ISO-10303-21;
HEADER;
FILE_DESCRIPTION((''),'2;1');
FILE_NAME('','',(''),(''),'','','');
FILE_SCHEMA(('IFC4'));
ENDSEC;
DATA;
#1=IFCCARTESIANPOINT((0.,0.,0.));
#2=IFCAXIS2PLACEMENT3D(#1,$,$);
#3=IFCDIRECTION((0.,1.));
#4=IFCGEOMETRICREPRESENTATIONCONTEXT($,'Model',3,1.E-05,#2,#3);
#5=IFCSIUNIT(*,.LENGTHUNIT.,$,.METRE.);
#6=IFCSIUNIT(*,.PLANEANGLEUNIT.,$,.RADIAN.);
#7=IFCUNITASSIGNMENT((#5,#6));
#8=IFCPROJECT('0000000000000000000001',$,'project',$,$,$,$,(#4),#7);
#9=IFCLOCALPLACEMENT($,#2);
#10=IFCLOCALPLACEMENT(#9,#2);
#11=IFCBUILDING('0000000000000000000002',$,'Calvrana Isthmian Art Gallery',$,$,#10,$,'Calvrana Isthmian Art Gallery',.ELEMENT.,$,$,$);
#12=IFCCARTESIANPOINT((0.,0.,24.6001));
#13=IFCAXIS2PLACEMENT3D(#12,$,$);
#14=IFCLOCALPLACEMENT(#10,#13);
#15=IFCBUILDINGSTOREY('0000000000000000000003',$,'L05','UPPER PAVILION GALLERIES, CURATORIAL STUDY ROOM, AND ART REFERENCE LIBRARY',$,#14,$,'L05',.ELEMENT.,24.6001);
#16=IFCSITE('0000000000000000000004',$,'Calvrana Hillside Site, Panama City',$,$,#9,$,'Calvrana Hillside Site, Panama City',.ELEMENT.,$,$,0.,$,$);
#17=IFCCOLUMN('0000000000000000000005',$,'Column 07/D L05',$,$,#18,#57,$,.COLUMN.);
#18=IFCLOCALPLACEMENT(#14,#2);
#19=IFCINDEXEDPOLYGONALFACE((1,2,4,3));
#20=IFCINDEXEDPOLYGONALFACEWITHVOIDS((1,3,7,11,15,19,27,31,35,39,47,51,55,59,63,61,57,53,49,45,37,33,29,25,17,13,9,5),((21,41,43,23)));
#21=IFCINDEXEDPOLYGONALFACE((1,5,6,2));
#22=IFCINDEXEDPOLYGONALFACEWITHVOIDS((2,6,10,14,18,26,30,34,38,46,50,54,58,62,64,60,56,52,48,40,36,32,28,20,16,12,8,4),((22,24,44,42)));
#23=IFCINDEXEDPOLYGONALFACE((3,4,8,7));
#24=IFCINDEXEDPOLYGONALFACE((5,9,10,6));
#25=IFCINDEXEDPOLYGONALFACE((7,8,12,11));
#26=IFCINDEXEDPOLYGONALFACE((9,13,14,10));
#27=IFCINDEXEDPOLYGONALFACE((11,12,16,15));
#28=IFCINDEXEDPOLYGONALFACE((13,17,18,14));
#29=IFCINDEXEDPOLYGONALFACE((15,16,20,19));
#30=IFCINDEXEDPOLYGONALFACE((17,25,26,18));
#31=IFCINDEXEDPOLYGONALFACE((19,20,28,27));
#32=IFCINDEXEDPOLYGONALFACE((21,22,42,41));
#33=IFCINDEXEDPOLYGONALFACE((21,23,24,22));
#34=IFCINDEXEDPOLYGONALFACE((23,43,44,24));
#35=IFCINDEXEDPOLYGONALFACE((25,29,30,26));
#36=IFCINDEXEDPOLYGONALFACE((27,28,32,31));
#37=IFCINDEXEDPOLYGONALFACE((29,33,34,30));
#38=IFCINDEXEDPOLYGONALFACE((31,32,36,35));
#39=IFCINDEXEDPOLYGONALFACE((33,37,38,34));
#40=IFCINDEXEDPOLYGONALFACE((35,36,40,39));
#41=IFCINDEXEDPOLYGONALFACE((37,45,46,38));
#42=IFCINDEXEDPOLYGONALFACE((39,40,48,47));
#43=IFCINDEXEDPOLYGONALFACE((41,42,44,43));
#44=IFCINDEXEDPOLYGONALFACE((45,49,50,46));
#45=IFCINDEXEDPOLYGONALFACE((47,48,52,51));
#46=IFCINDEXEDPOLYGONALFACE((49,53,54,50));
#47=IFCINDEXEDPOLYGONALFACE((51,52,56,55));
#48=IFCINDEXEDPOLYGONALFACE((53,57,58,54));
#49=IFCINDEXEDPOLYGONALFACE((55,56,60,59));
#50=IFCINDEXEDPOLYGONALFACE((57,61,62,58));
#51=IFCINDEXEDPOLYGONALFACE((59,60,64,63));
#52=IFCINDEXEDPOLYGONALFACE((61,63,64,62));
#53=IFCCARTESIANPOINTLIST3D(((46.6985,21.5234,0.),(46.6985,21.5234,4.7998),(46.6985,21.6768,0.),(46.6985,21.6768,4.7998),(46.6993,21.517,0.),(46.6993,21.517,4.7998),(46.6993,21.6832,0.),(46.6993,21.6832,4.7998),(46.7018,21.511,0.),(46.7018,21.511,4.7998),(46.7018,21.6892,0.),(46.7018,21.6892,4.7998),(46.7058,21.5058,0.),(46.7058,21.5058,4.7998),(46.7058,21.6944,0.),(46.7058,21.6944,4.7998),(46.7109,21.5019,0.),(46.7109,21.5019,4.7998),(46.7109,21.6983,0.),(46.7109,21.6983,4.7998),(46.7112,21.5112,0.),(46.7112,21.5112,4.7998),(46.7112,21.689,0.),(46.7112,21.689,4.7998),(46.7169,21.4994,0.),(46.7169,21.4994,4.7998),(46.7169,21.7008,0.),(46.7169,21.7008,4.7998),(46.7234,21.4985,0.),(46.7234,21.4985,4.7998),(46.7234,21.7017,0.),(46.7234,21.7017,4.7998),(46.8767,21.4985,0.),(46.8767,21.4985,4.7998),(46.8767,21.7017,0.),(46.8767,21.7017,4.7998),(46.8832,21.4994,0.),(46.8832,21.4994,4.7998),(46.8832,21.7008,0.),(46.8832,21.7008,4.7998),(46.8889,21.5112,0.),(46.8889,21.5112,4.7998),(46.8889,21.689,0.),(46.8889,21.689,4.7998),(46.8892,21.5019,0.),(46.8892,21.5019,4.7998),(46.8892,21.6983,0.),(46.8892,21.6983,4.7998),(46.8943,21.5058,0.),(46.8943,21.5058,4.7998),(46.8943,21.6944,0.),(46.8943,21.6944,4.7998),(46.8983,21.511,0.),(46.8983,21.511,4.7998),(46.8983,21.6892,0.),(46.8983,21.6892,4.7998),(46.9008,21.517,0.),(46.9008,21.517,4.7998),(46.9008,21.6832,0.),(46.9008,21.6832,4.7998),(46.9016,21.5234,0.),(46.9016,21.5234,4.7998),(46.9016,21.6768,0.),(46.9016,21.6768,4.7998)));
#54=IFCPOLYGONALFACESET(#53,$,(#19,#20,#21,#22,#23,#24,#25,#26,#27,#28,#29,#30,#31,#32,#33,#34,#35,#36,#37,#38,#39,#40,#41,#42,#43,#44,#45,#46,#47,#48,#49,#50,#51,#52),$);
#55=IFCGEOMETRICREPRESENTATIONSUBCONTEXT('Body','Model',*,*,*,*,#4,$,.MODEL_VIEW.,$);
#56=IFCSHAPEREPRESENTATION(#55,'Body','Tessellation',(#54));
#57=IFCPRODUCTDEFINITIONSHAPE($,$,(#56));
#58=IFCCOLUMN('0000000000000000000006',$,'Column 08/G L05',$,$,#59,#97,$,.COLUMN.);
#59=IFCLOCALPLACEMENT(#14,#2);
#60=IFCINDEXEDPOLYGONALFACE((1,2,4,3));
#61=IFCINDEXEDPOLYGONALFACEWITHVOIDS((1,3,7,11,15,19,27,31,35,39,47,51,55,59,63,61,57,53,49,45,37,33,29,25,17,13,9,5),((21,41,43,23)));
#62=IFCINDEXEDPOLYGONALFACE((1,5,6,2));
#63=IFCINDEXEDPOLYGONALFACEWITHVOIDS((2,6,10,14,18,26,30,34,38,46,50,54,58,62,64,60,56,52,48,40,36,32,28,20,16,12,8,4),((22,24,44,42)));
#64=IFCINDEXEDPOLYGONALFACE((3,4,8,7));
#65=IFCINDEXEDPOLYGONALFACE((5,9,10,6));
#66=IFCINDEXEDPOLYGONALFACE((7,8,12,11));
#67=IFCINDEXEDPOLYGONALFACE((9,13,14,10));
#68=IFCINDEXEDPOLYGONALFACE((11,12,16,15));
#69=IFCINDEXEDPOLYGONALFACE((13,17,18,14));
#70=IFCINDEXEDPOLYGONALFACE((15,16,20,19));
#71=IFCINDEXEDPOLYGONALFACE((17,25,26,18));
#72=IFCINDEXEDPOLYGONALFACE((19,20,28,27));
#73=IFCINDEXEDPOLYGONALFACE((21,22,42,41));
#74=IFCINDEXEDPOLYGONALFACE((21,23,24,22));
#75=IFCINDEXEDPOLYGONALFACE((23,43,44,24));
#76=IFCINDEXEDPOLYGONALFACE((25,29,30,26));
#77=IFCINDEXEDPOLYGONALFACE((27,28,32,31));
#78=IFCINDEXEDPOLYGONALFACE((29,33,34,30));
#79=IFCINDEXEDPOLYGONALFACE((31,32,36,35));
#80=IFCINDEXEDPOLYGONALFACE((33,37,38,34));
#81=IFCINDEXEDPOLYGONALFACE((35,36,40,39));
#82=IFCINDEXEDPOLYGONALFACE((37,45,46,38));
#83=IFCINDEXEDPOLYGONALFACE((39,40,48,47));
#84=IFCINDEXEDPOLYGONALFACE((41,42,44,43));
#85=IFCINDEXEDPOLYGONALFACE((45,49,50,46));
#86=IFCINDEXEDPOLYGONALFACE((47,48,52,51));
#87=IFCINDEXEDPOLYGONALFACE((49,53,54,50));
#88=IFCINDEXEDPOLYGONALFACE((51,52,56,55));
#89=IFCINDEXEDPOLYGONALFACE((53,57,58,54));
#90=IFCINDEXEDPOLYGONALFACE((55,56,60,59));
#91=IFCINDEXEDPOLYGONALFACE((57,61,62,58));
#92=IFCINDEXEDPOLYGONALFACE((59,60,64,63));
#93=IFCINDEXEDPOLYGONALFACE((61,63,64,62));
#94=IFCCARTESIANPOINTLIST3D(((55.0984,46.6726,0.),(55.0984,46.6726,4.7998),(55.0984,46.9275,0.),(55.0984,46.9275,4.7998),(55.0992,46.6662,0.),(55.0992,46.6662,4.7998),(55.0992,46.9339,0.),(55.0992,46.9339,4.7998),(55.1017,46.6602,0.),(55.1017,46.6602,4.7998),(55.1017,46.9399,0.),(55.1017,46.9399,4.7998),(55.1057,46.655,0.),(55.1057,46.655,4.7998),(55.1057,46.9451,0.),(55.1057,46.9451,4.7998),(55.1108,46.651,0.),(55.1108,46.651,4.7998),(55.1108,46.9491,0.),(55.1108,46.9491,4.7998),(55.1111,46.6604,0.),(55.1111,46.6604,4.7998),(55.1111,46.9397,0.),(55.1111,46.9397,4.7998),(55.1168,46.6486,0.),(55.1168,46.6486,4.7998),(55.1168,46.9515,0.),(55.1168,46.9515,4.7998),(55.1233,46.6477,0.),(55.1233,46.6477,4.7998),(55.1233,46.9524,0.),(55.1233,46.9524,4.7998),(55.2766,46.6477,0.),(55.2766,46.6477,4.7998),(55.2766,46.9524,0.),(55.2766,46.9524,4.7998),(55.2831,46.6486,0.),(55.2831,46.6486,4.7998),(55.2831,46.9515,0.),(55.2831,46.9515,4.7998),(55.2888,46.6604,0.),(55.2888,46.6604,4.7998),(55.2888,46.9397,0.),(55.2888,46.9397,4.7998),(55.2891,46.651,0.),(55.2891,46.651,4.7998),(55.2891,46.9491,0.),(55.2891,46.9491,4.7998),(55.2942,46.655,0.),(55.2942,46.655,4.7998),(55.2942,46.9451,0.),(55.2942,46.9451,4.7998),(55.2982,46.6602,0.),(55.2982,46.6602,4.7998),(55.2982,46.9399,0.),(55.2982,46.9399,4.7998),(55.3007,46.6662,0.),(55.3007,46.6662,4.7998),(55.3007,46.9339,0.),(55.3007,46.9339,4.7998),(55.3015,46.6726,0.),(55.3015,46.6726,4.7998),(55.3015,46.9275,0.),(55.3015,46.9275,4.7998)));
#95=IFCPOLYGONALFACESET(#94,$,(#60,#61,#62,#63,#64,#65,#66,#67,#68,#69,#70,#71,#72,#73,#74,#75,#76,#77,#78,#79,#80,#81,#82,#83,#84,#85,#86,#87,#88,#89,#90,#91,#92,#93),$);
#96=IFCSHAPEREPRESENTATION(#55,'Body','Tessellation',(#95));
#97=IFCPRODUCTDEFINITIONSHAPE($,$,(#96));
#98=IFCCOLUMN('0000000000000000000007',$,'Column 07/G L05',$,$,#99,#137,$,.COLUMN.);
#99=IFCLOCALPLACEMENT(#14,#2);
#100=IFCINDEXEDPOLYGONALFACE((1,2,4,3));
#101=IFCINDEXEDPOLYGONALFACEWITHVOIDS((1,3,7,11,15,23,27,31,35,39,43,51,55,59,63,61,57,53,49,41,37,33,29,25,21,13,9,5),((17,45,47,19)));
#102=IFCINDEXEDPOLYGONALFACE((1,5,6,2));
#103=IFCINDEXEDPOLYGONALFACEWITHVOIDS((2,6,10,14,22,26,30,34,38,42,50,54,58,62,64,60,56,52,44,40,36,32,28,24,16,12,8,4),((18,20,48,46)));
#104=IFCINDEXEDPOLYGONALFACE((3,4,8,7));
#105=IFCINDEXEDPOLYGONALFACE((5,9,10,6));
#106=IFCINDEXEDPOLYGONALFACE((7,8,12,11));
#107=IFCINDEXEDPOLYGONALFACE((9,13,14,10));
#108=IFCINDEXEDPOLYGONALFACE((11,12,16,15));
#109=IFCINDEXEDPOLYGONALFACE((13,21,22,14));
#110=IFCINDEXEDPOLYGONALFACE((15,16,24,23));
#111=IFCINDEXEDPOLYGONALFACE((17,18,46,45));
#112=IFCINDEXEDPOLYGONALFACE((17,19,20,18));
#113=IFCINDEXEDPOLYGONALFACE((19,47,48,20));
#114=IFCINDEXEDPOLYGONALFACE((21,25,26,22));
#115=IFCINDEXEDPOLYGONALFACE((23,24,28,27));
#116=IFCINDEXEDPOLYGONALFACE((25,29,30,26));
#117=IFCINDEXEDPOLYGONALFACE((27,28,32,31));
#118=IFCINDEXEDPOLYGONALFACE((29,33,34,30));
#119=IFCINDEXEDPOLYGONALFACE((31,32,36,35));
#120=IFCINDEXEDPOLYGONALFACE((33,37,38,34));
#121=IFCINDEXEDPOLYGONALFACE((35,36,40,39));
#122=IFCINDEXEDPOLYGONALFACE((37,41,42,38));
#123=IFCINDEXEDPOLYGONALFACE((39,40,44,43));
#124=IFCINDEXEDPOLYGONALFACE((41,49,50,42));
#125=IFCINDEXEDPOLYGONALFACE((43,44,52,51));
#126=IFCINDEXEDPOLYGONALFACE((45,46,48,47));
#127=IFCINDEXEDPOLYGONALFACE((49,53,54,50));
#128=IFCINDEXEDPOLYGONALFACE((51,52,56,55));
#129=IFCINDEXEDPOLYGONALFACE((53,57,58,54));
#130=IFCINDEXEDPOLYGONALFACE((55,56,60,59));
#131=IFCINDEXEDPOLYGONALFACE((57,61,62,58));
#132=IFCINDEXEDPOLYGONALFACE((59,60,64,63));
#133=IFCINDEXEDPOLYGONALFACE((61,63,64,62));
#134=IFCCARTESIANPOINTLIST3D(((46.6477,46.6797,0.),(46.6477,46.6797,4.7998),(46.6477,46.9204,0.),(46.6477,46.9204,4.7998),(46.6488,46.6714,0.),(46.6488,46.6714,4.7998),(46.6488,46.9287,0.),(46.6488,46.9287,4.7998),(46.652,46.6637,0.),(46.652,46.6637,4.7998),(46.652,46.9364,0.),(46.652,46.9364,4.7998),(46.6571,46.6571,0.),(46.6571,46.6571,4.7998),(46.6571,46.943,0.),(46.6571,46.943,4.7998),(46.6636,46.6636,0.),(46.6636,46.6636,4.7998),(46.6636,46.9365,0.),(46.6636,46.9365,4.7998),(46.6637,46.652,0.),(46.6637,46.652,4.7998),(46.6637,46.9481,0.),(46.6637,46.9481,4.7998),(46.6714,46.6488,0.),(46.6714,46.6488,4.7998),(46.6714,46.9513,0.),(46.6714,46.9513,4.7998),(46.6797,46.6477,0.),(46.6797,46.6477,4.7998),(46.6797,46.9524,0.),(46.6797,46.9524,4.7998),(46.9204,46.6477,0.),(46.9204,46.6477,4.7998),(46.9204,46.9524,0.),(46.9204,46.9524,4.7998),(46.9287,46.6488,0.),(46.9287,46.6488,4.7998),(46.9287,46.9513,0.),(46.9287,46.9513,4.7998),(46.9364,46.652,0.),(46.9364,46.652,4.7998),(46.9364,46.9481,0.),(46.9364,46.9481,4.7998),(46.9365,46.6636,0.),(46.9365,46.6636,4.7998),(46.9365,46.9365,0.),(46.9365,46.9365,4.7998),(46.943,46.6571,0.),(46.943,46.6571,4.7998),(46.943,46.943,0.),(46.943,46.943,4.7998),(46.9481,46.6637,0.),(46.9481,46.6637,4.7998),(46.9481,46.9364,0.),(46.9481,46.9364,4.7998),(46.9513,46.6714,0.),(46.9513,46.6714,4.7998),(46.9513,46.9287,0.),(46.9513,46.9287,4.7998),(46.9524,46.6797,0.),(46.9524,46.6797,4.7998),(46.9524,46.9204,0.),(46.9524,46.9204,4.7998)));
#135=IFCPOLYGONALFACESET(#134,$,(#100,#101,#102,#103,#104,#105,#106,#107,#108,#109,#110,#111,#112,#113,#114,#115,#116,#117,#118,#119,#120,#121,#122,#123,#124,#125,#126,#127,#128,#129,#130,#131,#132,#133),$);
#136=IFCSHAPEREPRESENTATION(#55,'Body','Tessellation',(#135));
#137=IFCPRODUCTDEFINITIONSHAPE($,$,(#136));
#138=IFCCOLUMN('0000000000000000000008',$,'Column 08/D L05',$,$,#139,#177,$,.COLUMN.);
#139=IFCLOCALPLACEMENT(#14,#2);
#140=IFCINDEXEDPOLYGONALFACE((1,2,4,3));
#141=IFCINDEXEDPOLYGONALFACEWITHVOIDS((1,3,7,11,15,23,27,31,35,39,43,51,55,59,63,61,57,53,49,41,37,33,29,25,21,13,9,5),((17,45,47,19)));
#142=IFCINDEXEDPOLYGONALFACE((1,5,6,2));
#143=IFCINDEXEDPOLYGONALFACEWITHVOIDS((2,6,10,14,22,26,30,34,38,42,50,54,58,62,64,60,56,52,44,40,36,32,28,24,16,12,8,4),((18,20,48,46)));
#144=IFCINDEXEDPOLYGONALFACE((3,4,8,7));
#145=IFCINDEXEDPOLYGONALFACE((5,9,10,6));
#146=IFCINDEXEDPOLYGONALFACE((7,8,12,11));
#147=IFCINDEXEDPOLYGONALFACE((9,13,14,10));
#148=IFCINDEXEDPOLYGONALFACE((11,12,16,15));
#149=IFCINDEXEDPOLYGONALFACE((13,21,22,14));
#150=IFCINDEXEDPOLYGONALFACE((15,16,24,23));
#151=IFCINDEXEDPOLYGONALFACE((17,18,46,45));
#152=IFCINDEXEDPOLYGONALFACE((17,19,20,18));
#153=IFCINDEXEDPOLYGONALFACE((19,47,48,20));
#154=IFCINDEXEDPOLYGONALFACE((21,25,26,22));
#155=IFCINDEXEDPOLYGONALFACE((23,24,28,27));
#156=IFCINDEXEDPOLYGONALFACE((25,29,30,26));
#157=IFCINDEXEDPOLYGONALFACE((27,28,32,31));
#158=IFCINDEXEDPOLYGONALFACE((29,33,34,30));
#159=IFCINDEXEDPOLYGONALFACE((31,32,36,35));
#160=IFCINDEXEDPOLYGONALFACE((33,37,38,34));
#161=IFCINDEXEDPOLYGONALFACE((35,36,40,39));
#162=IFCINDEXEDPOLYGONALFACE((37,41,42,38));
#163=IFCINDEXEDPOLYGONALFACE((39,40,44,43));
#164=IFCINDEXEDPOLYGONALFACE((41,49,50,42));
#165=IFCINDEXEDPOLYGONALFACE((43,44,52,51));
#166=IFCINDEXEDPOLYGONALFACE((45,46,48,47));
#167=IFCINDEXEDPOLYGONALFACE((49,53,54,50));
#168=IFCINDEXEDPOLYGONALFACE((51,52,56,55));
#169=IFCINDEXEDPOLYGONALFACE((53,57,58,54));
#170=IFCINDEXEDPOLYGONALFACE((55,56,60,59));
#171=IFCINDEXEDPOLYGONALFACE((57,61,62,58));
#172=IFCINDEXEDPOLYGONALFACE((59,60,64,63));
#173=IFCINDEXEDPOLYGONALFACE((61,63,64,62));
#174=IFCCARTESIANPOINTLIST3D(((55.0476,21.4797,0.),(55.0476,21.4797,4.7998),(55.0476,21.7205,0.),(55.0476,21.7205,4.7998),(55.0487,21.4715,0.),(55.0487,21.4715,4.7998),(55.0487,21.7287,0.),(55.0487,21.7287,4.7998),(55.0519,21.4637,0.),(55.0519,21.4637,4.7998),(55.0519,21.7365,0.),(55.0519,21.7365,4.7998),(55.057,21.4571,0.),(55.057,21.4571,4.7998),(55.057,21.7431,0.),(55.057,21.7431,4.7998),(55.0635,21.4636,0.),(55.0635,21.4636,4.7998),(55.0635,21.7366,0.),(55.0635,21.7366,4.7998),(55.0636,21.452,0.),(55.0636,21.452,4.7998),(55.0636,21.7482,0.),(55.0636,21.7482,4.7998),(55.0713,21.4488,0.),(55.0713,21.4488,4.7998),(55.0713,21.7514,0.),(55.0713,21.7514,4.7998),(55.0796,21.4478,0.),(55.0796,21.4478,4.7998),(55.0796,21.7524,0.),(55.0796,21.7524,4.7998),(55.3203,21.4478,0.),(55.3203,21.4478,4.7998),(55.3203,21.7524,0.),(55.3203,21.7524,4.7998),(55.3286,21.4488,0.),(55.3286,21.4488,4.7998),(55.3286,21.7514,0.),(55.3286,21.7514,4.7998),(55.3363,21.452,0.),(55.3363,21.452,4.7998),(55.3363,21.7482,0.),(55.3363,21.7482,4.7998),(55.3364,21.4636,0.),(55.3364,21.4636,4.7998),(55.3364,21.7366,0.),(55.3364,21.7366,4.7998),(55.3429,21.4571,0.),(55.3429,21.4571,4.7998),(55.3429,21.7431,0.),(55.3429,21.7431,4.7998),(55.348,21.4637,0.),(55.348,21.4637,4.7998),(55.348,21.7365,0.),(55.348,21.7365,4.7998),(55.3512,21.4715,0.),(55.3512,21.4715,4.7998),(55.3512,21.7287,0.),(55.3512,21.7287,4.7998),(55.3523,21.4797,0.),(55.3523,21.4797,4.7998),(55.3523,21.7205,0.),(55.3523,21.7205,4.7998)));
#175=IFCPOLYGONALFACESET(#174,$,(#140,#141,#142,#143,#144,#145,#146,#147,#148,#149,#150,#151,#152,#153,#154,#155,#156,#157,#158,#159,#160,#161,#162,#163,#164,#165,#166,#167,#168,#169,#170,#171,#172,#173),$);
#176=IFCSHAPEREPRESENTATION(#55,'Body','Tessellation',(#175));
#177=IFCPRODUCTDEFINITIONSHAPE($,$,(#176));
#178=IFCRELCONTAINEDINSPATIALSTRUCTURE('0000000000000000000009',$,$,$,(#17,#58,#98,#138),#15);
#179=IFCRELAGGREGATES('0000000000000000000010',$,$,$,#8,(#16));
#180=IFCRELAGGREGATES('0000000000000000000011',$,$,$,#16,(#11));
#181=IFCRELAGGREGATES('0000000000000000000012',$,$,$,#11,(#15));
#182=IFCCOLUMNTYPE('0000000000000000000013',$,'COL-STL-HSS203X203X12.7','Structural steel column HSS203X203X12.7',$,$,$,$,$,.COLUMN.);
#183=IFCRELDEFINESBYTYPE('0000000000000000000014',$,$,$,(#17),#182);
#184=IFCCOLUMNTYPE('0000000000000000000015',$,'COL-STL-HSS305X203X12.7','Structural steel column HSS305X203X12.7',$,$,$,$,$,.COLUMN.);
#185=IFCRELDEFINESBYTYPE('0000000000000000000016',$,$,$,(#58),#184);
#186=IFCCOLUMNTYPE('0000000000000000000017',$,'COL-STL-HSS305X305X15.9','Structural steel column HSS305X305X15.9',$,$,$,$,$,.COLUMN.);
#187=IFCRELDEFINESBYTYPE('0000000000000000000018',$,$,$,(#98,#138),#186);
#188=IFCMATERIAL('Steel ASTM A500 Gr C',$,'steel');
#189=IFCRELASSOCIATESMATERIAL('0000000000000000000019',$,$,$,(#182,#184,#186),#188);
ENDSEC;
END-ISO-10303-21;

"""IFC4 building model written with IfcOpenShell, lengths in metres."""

from ifc_helpers import new_model, si_unit, direction, frame, origin, origin_2d, place, context, subcontext, project, spatial, hollow_rectangle, extrude, material, material_profile, profile_set, type_object, element, save


model = new_model("IFC4")

# Units and contexts
model_context = context("Model", 3, precision=1e-05, world=origin(), true_north=direction((0.0, 1.0)))
body_context = subcontext(model_context, "Body", "Model", "MODEL_VIEW")
ifc_project = project(units=[si_unit("LENGTHUNIT", "METRE"), si_unit("PLANEANGLEUNIT", "RADIAN")], contexts=[model_context])

# Site, building, storey
site_placement = place(None, origin())
site = spatial("IfcSite", under=ifc_project, at=site_placement, Name="Calvrana Hillside Site, Panama City", LongName="Calvrana Hillside Site, Panama City", CompositionType="ELEMENT", RefElevation=0.0)
building_placement = place(site_placement, origin())
building = spatial("IfcBuilding", under=site, at=building_placement, Name="Calvrana Isthmian Art Gallery", LongName="Calvrana Isthmian Art Gallery", CompositionType="ELEMENT")
storey_placement = place(building_placement, frame((0.0, 0.0, 24.6001)))
storey = spatial("IfcBuildingStorey", under=building, at=storey_placement, Name="L05", Description="UPPER PAVILION GALLERIES, CURATORIAL STUDY ROOM, AND ART REFERENCE LIBRARY", LongName="L05", CompositionType="ELEMENT", Elevation=24.6001)

# Columns
ifc_material_1 = material(Name="Steel ASTM A500 Gr C", Category="steel")
ifc_material_profile_1 = material_profile(ifc_material_1, hollow_rectangle(XDim=0.2031, YDim=0.2031, WallThickness=0.0127, OuterFilletRadius=0.0249, at=origin_2d()), Name="HSS203X203X12.7")
ifc_profile_set_1 = profile_set([ifc_material_profile_1], Name="Steel ASTM A500 Gr C")
column_type_1 = type_object("IfcColumnType", Name="COL-STL-HSS203X203X12.7", Description="Structural steel column HSS203X203X12.7", PredefinedType="COLUMN", material=ifc_profile_set_1)
column_1_placement = place(storey_placement, frame((46.8, 21.6001, 0.0), z_axis=(0.0, 0.0, 1.0), x_axis=(1.0, 0.0, 0.0)))
element("IfcColumn", 1, at=column_1_placement, inside=storey, type_object=column_type_1, Name="Column 07/D L05", PredefinedType="COLUMN", context=body_context, shape_type="SweptSolid", body=[
    extrude(hollow_rectangle(XDim=0.2031, YDim=0.2031, WallThickness=0.0127, OuterFilletRadius=0.0249, at=origin_2d()), origin(), (0.0, 0.0, 1.0), 4.7998),
])
ifc_material_profile_2 = material_profile(ifc_material_1, hollow_rectangle(XDim=0.2031, YDim=0.3047, WallThickness=0.0127, OuterFilletRadius=0.0249, at=origin_2d()), Name="HSS305X203X12.7")
ifc_profile_set_2 = profile_set([ifc_material_profile_2], Name="Steel ASTM A500 Gr C")
column_type_2 = type_object("IfcColumnType", Name="COL-STL-HSS305X203X12.7", Description="Structural steel column HSS305X203X12.7", PredefinedType="COLUMN", material=ifc_profile_set_2)
column_2_placement = place(storey_placement, frame((55.2, 46.8, 0.0), z_axis=(0.0, 0.0, 1.0), x_axis=(1.0, 0.0, 0.0)))
element("IfcColumn", 2, at=column_2_placement, inside=storey, type_object=column_type_2, Name="Column 08/G L05", PredefinedType="COLUMN", context=body_context, shape_type="SweptSolid", body=[
    extrude(hollow_rectangle(XDim=0.2031, YDim=0.3047, WallThickness=0.0127, OuterFilletRadius=0.0249, at=origin_2d()), origin(), (0.0, 0.0, 1.0), 4.7998),
])
ifc_material_profile_3 = material_profile(ifc_material_1, hollow_rectangle(XDim=0.3047, YDim=0.3047, WallThickness=0.0159, OuterFilletRadius=0.032, at=origin_2d()), Name="HSS305X305X15.9")
ifc_profile_set_3 = profile_set([ifc_material_profile_3], Name="Steel ASTM A500 Gr C")
column_type_3 = type_object("IfcColumnType", Name="COL-STL-HSS305X305X15.9", Description="Structural steel column HSS305X305X15.9", PredefinedType="COLUMN", material=ifc_profile_set_3)
for number, where, z_axis, x_axis, name in (
    (3, (46.8, 46.8, 0.0), (0.0, 0.0, 1.0), (1.0, 0.0, 0.0), "Column 07/G L05"),
    (4, (55.2, 21.6001, 0.0), (0.0, 0.0, 1.0), (1.0, 0.0, 0.0), "Column 08/D L05"),
):
    element("IfcColumn", number, at=place(storey_placement, frame(where, z_axis=z_axis, x_axis=x_axis)), inside=storey, type_object=column_type_3, Name=name, PredefinedType="COLUMN", context=body_context, shape_type="SweptSolid", body=[
        extrude(hollow_rectangle(XDim=0.3047, YDim=0.3047, WallThickness=0.0159, OuterFilletRadius=0.032, at=origin_2d()), origin(), (0.0, 0.0, 1.0), 4.7998),
    ])

save(model, "model.ifc")
